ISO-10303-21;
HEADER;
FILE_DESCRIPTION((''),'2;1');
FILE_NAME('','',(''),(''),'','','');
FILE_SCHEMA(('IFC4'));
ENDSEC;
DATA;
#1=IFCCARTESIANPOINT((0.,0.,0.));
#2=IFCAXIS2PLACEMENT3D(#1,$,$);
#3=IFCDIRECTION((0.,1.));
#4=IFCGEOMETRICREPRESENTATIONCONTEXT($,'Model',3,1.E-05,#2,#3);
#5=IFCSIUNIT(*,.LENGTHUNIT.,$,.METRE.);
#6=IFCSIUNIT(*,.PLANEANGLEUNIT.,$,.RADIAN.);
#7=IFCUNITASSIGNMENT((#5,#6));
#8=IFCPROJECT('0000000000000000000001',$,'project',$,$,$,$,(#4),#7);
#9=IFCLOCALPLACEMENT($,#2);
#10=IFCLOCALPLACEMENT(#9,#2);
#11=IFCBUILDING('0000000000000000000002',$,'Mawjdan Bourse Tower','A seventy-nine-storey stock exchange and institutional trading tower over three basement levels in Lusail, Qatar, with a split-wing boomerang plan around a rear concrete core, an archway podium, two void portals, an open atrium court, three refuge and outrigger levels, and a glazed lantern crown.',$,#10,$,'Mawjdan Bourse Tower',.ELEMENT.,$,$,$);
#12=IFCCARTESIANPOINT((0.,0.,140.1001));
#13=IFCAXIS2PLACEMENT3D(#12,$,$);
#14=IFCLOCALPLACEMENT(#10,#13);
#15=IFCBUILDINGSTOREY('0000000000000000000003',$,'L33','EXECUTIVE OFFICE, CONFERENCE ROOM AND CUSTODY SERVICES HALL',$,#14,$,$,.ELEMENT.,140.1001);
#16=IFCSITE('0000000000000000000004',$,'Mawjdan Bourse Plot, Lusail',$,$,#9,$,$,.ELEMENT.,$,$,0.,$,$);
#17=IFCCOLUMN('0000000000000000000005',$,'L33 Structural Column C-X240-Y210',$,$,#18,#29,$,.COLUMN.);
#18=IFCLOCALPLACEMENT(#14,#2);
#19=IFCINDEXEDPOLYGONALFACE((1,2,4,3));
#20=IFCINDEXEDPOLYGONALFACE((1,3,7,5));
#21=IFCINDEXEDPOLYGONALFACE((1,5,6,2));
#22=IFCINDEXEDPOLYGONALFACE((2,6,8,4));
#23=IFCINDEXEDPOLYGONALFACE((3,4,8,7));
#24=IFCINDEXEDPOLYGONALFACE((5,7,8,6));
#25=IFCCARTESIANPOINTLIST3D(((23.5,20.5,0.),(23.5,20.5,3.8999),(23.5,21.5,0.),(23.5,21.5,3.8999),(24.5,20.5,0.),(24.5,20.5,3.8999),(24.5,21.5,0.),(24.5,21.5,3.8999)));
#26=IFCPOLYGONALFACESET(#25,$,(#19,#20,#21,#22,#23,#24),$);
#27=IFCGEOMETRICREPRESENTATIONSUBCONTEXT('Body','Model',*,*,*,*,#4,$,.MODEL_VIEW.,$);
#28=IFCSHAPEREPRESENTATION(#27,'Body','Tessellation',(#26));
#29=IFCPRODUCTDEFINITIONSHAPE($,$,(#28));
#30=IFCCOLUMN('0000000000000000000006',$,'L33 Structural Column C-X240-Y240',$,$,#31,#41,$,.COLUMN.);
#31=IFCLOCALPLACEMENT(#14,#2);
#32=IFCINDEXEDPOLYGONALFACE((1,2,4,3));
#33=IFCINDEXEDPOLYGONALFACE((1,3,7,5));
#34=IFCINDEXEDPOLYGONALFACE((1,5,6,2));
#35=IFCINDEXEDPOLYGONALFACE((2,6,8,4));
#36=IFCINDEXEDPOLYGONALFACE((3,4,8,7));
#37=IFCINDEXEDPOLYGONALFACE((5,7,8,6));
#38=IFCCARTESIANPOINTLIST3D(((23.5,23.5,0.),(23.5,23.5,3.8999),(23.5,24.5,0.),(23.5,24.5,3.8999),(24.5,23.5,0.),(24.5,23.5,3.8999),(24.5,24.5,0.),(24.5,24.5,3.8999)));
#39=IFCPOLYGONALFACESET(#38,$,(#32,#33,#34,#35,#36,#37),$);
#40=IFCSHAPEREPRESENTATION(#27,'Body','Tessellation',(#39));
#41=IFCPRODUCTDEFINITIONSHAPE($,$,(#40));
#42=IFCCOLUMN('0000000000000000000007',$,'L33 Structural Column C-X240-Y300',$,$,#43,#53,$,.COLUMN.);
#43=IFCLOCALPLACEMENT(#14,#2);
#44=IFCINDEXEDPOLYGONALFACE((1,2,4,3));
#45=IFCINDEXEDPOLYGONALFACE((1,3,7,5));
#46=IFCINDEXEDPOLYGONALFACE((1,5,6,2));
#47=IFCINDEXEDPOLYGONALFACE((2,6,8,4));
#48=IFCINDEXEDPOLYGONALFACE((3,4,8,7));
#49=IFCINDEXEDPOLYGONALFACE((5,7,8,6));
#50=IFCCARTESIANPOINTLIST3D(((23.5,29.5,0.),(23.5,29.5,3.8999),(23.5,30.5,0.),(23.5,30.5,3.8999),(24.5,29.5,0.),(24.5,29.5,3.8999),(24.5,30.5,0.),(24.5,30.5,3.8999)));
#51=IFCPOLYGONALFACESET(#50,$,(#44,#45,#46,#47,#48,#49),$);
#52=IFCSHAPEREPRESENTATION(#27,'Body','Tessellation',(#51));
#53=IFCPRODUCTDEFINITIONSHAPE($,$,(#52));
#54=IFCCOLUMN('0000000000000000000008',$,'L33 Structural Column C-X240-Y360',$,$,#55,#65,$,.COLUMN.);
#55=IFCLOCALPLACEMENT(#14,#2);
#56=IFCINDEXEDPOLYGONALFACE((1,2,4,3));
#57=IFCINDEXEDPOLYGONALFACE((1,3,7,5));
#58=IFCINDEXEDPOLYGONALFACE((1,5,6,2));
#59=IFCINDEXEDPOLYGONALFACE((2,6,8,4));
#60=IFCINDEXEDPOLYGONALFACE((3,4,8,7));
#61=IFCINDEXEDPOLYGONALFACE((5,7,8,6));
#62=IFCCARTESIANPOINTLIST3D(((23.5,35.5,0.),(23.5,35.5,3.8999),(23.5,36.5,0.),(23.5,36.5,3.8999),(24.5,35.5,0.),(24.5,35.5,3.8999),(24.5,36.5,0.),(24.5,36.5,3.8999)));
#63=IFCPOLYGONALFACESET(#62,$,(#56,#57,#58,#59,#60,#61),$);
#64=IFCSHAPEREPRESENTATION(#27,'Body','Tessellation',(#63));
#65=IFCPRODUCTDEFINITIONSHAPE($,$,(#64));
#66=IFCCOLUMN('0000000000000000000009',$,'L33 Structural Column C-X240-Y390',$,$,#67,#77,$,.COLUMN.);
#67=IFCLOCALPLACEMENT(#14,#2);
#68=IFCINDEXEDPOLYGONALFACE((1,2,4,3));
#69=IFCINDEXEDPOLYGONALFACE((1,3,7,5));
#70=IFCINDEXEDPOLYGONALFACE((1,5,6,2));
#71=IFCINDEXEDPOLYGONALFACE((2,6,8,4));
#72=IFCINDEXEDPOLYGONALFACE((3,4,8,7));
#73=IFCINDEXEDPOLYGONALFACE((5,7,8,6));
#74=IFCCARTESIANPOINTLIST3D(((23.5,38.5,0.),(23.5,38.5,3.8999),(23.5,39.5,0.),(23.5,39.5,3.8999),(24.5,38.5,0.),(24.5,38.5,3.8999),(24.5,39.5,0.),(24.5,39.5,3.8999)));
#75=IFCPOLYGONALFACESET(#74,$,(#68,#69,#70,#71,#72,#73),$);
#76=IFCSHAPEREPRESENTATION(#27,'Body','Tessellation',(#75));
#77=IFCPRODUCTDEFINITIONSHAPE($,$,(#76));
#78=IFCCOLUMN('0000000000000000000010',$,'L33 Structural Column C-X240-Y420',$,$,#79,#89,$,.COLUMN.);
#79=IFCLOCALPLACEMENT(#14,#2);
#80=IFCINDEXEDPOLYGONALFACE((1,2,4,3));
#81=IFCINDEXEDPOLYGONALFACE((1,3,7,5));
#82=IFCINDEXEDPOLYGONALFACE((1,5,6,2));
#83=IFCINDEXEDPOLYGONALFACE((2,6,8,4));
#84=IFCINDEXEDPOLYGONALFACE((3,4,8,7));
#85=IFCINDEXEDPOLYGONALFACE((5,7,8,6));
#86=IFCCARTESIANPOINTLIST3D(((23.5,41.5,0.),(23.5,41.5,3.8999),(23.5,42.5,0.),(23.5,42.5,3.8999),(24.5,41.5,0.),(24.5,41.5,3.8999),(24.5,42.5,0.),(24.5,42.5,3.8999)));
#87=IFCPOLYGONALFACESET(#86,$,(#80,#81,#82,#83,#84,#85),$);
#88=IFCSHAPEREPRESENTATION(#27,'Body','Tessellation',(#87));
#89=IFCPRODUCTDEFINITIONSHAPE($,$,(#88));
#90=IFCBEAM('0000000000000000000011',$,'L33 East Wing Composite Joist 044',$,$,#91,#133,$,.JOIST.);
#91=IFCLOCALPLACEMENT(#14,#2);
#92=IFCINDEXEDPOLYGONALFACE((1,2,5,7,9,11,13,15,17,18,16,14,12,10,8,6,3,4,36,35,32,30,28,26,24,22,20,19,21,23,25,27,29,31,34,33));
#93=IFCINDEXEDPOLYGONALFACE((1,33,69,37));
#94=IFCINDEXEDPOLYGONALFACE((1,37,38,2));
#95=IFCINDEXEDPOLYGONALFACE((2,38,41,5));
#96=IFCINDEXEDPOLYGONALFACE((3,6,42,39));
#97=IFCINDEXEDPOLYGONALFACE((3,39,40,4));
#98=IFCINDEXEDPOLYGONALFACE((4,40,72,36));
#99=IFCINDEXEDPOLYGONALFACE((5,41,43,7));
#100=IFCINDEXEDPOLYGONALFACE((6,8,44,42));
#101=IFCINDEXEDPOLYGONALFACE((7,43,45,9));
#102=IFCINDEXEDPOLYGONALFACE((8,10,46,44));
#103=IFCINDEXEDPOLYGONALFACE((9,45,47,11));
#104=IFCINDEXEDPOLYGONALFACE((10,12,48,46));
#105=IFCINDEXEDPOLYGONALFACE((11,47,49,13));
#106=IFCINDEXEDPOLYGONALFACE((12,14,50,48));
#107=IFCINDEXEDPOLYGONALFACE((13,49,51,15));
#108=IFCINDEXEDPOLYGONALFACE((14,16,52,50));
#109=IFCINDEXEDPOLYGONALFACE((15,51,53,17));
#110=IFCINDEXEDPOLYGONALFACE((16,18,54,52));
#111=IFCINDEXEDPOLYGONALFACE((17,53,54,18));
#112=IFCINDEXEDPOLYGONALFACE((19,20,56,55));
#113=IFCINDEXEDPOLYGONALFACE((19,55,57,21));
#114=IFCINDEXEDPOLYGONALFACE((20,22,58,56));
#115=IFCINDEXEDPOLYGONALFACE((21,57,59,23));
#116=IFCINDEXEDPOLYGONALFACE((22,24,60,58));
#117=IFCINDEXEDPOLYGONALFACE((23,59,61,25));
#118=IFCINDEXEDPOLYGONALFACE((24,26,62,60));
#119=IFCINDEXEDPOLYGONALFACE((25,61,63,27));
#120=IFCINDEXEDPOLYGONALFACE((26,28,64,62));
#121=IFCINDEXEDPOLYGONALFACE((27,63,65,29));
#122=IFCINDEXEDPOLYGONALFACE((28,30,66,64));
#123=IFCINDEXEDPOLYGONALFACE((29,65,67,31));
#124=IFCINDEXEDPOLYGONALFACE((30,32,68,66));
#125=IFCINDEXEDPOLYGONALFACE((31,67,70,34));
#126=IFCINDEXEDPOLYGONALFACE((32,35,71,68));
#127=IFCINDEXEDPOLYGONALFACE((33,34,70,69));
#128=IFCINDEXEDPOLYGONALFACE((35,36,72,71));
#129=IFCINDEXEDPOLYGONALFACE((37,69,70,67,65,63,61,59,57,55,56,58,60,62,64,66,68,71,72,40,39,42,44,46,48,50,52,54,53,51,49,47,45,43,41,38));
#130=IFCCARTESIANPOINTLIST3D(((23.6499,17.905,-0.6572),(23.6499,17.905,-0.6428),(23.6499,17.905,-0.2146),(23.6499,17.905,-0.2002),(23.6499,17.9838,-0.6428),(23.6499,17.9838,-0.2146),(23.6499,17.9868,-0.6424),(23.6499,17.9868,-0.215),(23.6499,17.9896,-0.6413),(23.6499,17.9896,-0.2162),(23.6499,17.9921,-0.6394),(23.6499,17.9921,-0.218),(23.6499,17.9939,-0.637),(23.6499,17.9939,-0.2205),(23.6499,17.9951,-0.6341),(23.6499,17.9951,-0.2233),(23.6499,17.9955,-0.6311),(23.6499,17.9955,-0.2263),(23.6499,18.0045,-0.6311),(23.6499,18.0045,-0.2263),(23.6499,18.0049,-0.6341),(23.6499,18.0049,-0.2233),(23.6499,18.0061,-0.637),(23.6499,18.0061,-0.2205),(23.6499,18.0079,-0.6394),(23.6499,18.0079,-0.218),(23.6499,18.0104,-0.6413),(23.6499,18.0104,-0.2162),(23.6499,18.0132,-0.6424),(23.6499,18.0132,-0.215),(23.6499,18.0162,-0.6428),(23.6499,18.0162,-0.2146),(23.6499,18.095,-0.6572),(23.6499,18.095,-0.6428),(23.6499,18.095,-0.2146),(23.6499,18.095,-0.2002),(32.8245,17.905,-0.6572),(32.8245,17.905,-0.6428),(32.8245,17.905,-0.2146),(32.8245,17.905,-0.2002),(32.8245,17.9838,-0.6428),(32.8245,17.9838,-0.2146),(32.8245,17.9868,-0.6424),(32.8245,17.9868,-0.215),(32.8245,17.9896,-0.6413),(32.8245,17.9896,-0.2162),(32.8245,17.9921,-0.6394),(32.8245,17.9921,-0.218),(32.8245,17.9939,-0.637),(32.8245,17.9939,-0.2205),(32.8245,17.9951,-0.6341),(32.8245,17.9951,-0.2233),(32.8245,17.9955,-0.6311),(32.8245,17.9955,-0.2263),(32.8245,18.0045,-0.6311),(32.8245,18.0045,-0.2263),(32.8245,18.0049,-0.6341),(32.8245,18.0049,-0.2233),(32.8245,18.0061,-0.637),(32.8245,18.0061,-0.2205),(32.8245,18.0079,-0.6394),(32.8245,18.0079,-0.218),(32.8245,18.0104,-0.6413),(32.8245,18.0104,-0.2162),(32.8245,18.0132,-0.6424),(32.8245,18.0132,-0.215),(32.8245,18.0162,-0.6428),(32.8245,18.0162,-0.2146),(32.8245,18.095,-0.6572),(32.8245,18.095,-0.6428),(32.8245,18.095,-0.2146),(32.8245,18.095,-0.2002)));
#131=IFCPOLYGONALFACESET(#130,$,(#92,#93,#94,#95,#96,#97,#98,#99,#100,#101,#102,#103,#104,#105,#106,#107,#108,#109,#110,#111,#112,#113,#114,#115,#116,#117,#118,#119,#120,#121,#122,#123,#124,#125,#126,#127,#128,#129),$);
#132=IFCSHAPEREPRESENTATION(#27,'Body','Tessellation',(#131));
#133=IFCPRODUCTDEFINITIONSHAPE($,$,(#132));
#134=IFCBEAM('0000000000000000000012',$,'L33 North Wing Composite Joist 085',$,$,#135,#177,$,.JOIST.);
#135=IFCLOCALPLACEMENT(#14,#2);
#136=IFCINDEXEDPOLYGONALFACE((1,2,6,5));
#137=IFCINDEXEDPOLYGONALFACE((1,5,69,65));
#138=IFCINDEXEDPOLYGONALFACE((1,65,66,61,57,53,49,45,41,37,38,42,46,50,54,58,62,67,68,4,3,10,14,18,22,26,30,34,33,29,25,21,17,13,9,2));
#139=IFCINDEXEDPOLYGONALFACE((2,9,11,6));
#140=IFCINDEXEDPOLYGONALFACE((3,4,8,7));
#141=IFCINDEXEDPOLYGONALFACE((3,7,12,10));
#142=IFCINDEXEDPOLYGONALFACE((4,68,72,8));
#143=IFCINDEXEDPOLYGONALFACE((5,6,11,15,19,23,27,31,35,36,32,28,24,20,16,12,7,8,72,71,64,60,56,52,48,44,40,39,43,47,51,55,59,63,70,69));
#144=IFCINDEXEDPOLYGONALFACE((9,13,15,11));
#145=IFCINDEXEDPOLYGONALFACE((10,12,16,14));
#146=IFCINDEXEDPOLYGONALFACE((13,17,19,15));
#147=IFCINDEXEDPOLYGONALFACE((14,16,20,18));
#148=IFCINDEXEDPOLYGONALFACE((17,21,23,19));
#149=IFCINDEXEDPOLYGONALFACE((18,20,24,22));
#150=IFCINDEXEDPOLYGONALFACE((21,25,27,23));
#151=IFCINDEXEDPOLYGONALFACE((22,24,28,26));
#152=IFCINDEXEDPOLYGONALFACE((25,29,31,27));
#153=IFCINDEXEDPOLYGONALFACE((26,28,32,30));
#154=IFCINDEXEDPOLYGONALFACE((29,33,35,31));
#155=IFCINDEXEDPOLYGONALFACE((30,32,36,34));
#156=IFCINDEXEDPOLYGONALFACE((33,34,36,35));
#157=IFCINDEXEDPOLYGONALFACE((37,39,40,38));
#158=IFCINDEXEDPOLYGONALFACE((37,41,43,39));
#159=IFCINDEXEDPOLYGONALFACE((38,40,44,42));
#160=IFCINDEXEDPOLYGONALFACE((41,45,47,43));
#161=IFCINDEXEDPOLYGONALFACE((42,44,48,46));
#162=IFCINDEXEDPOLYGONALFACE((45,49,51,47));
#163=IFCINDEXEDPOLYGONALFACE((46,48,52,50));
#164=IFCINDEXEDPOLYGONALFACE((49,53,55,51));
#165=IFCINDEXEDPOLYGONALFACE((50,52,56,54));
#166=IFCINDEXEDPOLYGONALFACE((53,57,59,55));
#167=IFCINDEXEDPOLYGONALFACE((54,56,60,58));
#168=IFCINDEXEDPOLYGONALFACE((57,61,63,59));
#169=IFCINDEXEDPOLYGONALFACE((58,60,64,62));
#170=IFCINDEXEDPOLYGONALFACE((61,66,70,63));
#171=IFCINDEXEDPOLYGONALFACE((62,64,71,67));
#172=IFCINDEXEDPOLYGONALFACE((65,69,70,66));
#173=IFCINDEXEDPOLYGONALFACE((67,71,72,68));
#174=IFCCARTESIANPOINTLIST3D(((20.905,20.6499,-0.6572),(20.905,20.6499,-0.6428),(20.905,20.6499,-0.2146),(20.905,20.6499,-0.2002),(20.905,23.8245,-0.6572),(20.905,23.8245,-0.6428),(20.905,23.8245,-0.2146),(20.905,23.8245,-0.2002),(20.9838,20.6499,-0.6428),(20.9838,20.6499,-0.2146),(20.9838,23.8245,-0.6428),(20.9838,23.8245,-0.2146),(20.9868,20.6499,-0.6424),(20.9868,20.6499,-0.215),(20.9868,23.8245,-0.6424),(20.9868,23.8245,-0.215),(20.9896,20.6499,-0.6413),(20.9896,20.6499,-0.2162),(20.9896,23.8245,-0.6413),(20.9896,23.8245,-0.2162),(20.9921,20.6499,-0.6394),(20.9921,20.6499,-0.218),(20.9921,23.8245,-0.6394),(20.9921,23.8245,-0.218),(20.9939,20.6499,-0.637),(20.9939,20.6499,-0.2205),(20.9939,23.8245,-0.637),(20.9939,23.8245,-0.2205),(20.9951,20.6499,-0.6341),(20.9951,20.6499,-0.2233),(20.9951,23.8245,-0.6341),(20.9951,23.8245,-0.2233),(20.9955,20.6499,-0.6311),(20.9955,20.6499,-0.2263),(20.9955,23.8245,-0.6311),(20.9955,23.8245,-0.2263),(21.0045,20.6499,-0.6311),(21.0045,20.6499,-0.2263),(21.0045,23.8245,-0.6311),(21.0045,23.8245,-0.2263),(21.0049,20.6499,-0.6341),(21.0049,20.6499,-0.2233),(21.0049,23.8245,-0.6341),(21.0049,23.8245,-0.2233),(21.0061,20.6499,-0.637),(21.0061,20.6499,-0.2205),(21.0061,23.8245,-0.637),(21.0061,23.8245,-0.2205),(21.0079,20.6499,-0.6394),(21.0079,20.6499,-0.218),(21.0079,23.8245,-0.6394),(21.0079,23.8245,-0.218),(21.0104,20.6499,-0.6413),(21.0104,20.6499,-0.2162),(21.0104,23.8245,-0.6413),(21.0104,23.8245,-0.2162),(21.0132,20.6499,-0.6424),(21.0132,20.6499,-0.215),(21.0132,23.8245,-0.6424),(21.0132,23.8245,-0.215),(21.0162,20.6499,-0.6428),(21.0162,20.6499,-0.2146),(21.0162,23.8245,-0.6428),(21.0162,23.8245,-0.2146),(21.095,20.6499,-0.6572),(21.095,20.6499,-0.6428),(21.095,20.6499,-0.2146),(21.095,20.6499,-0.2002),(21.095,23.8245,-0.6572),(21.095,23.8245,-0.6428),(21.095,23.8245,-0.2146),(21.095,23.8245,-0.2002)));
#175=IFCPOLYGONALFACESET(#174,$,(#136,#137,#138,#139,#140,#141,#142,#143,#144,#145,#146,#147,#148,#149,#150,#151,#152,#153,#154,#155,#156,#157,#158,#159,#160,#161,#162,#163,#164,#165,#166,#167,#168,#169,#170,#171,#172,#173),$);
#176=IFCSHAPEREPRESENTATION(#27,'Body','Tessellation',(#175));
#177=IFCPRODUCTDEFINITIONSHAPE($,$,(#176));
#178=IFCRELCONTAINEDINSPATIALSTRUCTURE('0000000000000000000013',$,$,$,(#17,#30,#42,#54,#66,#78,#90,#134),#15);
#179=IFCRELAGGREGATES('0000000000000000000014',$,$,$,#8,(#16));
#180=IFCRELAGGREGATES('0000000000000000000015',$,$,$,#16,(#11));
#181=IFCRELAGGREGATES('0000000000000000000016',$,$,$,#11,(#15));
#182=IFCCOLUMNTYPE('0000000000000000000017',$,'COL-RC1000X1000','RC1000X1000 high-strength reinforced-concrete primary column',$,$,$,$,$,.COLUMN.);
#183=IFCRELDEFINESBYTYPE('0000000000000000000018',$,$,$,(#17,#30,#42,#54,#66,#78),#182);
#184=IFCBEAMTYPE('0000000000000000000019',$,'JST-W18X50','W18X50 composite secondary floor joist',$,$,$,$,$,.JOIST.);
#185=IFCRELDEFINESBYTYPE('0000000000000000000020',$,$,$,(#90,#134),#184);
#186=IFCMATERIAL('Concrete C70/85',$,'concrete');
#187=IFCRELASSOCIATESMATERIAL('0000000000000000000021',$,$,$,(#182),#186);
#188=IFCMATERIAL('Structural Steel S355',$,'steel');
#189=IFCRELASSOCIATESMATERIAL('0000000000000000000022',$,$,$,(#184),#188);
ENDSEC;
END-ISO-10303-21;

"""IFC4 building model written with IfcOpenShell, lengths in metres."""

from ifc_helpers import new_model, si_unit, direction, frame, origin, origin_2d, place, context, subcontext, project, spatial, rectangle, i_section, extrude, material, material_profile, profile_set, type_object, element, save


model = new_model("IFC4")

# Units and contexts
model_context = context("Model", 3, precision=1e-05, world=origin(), true_north=direction((0.0, 1.0)))
body_context = subcontext(model_context, "Body", "Model", "MODEL_VIEW")
ifc_project = project(units=[si_unit("LENGTHUNIT", "METRE"), si_unit("PLANEANGLEUNIT", "RADIAN")], contexts=[model_context])

# Site, building, storey
site_placement = place(None, origin())
site = spatial("IfcSite", under=ifc_project, at=site_placement, Name="Mawjdan Bourse Plot, Lusail", CompositionType="ELEMENT", RefElevation=0.0)
building_placement = place(site_placement, origin())
building = spatial("IfcBuilding", under=site, at=building_placement, Name="Mawjdan Bourse Tower", Description="A seventy-nine-storey stock exchange and institutional trading tower over three basement levels in Lusail, Qatar, with a split-wing boomerang plan around a rear concrete core, an archway podium, two void portals, an open atrium court, three refuge and outrigger levels, and a glazed lantern crown.", LongName="Mawjdan Bourse Tower", CompositionType="ELEMENT")
storey_placement = place(building_placement, frame((0.0, 0.0, 140.1001)))
storey = spatial("IfcBuildingStorey", under=building, at=storey_placement, Name="L33", Description="EXECUTIVE OFFICE, CONFERENCE ROOM AND CUSTODY SERVICES HALL", CompositionType="ELEMENT", Elevation=140.1001)

# Columns
ifc_material_1 = material(Name="Concrete C70/85", Category="concrete")
ifc_material_profile_1 = material_profile(ifc_material_1, rectangle(XDim=1.0, YDim=1.0, at=origin_2d()), Name="RC1000X1000")
ifc_profile_set_1 = profile_set([ifc_material_profile_1], Name="Concrete C70/85")
column_type = type_object("IfcColumnType", Name="COL-RC1000X1000", Description="RC1000X1000 high-strength reinforced-concrete primary column", PredefinedType="COLUMN", material=ifc_profile_set_1)
for number, where, z_axis, x_axis, name in (
    (1, (24.0, 21.0, 0.0), (0.0, 0.0, 1.0), (1.0, 0.0, 0.0), "L33 Structural Column C-X240-Y210"),
    (2, (24.0, 24.0, 0.0), (0.0, 0.0, 1.0), (1.0, 0.0, 0.0), "L33 Structural Column C-X240-Y240"),
    (3, (24.0, 30.0, 0.0), (0.0, 0.0, 1.0), (1.0, 0.0, 0.0), "L33 Structural Column C-X240-Y300"),
    (4, (24.0, 36.0, 0.0), (0.0, 0.0, 1.0), (1.0, 0.0, 0.0), "L33 Structural Column C-X240-Y360"),
    (5, (24.0, 39.0, 0.0), (0.0, 0.0, 1.0), (1.0, 0.0, 0.0), "L33 Structural Column C-X240-Y390"),
    (6, (24.0, 42.0, 0.0), (0.0, 0.0, 1.0), (1.0, 0.0, 0.0), "L33 Structural Column C-X240-Y420"),
):
    element("IfcColumn", number, at=place(storey_placement, frame(where, z_axis=z_axis, x_axis=x_axis)), inside=storey, type_object=column_type, Name=name, PredefinedType="COLUMN", context=body_context, shape_type="SweptSolid", body=[
        extrude(rectangle(XDim=1.0, YDim=1.0, at=origin_2d()), origin(), (0.0, 0.0, 1.0), 3.8999),
    ])

# Beams
ifc_material_2 = material(Name="Structural Steel S355", Category="steel")
ifc_material_profile_2 = material_profile(ifc_material_2, i_section(OverallWidth=0.1899, OverallDepth=0.457, WebThickness=0.009, FlangeThickness=0.0144, FilletRadius=0.0117, at=origin_2d()), Name="W18X50")
ifc_profile_set_2 = profile_set([ifc_material_profile_2], Name="Structural Steel S355")
beam_type_1 = type_object("IfcBeamType", Name="JST-W18X50", Description="W18X50 composite secondary floor joist", PredefinedType="JOIST", material=ifc_profile_set_2)
beam_1_placement = place(storey_placement, frame((23.6499, 18.0, -0.4287), z_axis=(1.0, 0.0, 0.0), x_axis=(0.0, 1.0, 0.0)))
element("IfcBeam", 7, at=beam_1_placement, inside=storey, type_object=beam_type_1, Name="L33 East Wing Composite Joist 044", PredefinedType="JOIST", context=body_context, shape_type="SweptSolid", body=[
    extrude(i_section(OverallWidth=0.1899, OverallDepth=0.457, WebThickness=0.009, FlangeThickness=0.0144, FilletRadius=0.0117, at=origin_2d()), origin(), (0.0, 0.0, 1.0), 9.1746),
])
beam_2_placement = place(storey_placement, frame((21.0, 20.6499, -0.4287), z_axis=(0.0, 1.0, 0.0), x_axis=(-1.0, 0.0, 0.0)))
element("IfcBeam", 8, at=beam_2_placement, inside=storey, type_object=beam_type_1, Name="L33 North Wing Composite Joist 085", PredefinedType="JOIST", context=body_context, shape_type="SweptSolid", body=[
    extrude(i_section(OverallWidth=0.1899, OverallDepth=0.457, WebThickness=0.009, FlangeThickness=0.0144, FilletRadius=0.0117, at=origin_2d()), origin(), (0.0, 0.0, 1.0), 3.1746),
])

save(model, "model.ifc")
